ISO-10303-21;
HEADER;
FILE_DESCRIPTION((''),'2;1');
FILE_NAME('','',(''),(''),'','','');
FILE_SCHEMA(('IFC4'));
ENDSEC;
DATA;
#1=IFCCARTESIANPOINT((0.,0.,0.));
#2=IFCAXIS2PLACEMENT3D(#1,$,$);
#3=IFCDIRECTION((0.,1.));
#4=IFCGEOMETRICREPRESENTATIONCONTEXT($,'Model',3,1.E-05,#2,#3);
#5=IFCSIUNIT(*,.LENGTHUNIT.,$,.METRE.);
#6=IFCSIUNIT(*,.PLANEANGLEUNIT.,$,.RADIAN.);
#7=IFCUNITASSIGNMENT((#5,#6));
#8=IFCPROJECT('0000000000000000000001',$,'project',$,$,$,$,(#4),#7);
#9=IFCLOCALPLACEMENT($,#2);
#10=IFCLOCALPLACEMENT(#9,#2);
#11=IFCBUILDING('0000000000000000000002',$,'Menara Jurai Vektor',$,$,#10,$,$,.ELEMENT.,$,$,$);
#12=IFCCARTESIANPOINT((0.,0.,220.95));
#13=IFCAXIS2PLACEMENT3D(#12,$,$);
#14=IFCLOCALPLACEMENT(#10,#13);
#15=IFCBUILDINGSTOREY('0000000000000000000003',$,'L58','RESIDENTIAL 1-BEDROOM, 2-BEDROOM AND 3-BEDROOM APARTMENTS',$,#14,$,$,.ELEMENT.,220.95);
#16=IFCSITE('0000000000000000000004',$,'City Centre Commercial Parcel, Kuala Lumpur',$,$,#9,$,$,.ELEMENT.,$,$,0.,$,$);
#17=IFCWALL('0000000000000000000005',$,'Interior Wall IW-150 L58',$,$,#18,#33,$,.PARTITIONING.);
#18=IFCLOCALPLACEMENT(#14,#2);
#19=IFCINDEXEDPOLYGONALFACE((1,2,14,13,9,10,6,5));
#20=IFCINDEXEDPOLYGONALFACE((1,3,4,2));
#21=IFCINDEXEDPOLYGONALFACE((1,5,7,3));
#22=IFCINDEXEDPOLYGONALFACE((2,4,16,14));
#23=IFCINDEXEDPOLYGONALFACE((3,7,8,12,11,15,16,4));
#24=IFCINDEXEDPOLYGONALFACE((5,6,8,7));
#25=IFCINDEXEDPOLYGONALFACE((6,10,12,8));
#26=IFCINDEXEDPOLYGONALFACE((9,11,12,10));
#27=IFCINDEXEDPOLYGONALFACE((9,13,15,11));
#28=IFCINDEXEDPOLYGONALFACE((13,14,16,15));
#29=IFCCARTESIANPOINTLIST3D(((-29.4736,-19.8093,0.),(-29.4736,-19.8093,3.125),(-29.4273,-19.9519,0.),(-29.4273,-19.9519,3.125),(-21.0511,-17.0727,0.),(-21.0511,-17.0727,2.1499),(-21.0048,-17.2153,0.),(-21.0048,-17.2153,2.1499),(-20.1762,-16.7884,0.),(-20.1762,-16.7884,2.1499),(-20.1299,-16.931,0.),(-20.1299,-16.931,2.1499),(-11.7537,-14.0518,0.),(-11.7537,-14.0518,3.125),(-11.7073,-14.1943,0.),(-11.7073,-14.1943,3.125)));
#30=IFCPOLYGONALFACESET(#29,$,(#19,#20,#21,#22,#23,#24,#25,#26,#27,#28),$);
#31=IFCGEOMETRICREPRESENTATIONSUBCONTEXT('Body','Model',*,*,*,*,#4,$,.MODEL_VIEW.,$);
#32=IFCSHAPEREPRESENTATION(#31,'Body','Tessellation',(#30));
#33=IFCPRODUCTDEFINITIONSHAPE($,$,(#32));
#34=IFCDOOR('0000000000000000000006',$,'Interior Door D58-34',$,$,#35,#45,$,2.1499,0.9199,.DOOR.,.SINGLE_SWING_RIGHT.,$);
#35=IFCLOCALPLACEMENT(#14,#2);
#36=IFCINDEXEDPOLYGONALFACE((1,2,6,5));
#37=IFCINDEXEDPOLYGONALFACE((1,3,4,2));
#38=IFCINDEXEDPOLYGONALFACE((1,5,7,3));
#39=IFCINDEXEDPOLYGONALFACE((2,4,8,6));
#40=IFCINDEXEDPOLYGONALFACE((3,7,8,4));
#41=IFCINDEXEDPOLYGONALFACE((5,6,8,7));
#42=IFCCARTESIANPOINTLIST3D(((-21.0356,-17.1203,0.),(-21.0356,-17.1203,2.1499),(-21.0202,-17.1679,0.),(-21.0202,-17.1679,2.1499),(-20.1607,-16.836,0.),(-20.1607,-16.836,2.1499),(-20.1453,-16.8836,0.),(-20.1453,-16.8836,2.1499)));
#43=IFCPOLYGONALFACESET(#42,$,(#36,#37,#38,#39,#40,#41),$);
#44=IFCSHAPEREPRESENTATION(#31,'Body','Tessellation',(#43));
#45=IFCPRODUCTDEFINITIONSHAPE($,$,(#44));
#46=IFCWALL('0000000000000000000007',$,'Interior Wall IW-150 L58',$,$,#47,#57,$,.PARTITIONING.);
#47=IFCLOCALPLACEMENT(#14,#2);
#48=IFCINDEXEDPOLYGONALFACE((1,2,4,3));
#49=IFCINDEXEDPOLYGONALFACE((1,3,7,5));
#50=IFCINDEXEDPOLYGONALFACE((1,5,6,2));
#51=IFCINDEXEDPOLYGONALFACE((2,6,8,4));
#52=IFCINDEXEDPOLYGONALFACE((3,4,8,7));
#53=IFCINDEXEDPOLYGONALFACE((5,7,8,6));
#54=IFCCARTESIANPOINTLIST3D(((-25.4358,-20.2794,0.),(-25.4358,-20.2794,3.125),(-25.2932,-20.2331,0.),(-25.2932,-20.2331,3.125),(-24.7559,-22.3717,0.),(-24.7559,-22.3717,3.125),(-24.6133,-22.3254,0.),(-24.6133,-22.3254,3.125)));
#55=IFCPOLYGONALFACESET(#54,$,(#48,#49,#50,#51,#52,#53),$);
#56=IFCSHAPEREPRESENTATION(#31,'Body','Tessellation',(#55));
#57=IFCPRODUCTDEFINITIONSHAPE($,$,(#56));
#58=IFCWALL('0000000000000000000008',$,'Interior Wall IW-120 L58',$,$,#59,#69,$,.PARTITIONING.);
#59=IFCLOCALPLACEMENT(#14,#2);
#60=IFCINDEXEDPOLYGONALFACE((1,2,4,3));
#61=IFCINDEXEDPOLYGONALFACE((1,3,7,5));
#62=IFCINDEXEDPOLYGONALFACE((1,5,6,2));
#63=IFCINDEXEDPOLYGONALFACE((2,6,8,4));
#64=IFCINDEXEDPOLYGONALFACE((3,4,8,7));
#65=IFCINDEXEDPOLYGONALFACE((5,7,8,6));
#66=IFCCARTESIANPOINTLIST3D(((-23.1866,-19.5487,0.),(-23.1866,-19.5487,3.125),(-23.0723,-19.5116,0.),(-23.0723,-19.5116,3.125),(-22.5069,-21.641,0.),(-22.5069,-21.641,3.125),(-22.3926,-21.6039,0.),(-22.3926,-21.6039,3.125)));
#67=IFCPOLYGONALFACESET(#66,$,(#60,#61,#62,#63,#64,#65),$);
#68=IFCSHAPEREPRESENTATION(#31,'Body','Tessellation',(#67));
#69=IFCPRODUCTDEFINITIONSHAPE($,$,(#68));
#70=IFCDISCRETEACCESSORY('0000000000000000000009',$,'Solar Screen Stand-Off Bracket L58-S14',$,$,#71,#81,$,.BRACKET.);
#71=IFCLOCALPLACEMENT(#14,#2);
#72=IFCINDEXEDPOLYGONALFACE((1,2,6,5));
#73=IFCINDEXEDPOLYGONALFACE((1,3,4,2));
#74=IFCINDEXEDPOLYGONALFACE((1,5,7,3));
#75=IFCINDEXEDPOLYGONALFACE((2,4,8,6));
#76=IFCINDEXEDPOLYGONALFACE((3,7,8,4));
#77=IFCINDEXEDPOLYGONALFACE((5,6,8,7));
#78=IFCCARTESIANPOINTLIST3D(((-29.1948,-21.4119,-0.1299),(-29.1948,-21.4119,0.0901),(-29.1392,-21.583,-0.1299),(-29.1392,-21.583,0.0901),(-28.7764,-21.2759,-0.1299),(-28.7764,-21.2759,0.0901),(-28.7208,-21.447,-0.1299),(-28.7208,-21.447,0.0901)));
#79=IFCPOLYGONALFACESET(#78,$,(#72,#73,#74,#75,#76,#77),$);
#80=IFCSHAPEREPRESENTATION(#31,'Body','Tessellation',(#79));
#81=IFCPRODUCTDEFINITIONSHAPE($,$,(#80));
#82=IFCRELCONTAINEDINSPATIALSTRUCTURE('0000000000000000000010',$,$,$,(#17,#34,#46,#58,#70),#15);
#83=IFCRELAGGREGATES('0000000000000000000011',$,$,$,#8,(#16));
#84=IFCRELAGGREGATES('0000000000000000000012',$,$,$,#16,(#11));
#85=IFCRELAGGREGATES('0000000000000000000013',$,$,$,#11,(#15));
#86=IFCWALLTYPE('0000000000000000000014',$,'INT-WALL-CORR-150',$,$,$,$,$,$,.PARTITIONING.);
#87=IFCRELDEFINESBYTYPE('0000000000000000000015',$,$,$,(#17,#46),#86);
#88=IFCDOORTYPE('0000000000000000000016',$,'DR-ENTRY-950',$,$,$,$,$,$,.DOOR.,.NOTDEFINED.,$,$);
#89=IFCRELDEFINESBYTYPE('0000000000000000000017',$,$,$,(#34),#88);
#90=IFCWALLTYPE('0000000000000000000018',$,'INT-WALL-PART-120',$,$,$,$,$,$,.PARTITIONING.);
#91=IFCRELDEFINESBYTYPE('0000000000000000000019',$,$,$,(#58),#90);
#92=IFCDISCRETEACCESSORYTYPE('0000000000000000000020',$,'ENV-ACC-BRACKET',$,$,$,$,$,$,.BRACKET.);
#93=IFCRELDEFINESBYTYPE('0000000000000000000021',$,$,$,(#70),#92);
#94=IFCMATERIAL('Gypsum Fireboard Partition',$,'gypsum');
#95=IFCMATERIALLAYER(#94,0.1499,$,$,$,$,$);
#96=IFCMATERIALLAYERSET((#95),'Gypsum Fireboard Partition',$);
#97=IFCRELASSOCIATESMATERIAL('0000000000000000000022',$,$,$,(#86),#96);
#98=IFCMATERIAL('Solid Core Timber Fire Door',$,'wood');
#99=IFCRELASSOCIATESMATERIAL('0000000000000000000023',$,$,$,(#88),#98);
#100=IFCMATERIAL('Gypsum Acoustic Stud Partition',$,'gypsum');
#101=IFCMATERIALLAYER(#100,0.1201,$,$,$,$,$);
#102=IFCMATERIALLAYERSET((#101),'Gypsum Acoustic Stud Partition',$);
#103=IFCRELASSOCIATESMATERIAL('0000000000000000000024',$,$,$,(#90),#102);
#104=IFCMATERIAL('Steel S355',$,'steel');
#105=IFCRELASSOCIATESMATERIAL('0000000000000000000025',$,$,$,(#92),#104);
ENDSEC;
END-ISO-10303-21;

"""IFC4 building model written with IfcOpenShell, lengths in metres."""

from ifc_helpers import new_model, si_unit, direction, frame, frame_2d, origin, origin_2d, place, context, subcontext, project, spatial, rectangle, extrude, material, layer, layer_set, type_object, element, fill, save


model = new_model("IFC4")

# Units and contexts
model_context = context("Model", 3, precision=1e-05, world=origin(), true_north=direction((0.0, 1.0)))
body_context = subcontext(model_context, "Body", "Model", "MODEL_VIEW")
ifc_project = project(units=[si_unit("LENGTHUNIT", "METRE"), si_unit("PLANEANGLEUNIT", "RADIAN")], contexts=[model_context])

# Site, building, storey
site_placement = place(None, origin())
site = spatial("IfcSite", under=ifc_project, at=site_placement, Name="City Centre Commercial Parcel, Kuala Lumpur", CompositionType="ELEMENT", RefElevation=0.0)
building_placement = place(site_placement, origin())
building = spatial("IfcBuilding", under=site, at=building_placement, Name="Menara Jurai Vektor", CompositionType="ELEMENT")
storey_placement = place(building_placement, frame((0.0, 0.0, 220.95)))
storey = spatial("IfcBuildingStorey", under=building, at=storey_placement, Name="L58", Description="RESIDENTIAL 1-BEDROOM, 2-BEDROOM AND 3-BEDROOM APARTMENTS", CompositionType="ELEMENT", Elevation=220.95)

# Shared definitions
ifc_material_1 = material(Name="Steel S355", Category="steel")

# Shared definitions
ifc_material_2 = material(Name="Gypsum Fireboard Partition", Category="gypsum")
ifc_layer_1 = layer(ifc_material_2, 0.1499)
ifc_layer_set_1 = layer_set([ifc_layer_1], Name="Gypsum Fireboard Partition")
wall_type_1 = type_object("IfcWallType", Name="INT-WALL-CORR-150", PredefinedType="PARTITIONING", material=ifc_layer_set_1)

# Wall, opening, door
wall_1_placement = place(storey_placement, frame((-29.4504, -19.8806, 0.0), z_axis=(0.0, 0.0, 1.0), x_axis=(0.951057, 0.309017, 0.0)))
wall_1 = element("IfcWall", 1, at=wall_1_placement, inside=storey, type_object=wall_type_1, Name="Interior Wall IW-150 L58", PredefinedType="PARTITIONING", context=body_context, shape_type="SweptSolid", body=[
    extrude(rectangle(XDim=18.6318, YDim=0.1499, at=frame_2d((9.3159, 0.0))), origin(), (0.0, 0.0, 1.0), 3.125),
])
opening_1_placement = place(wall_1_placement, frame((8.856, 0.0, 0.0)))
opening_1 = element("IfcOpeningElement", 2, at=opening_1_placement, cuts=wall_1, PredefinedType="OPENING", context=body_context, shape_type="SweptSolid", body=[
    extrude(rectangle(XDim=0.9199, YDim=2.1499, at=frame_2d((0.46, 1.075))), frame((0.0, 0.085, 0.0), z_axis=(0.0, -1.0, 0.0), x_axis=(1.0, 0.0, 0.0)), (0.0, 0.0, 1.0), 0.1699),
])
ifc_material_3 = material(Name="Solid Core Timber Fire Door", Category="wood")
door_type_1 = type_object("IfcDoorType", Name="DR-ENTRY-950", OperationType="NOTDEFINED", PredefinedType="DOOR", material=ifc_material_3)
door_1_placement = place(opening_1_placement, origin())
door_1 = element("IfcDoor", 3, at=door_1_placement, inside=storey, type_object=door_type_1, Name="Interior Door D58-34", OperationType="SINGLE_SWING_RIGHT", OverallHeight=2.1499, OverallWidth=0.9199, PredefinedType="DOOR", context=body_context, shape_type="SweptSolid", body=[
    extrude(rectangle(XDim=0.9199, YDim=2.1499, at=frame_2d((0.46, 1.075))), frame((0.0, 0.0249, 0.0), z_axis=(0.0, -1.0, 0.0), x_axis=(1.0, 0.0, 0.0)), (0.0, 0.0, 1.0), 0.05),
])
fill(opening_1, door_1)

# Wall
wall_2_placement = place(storey_placement, frame((-24.6846, -22.3486, 0.0), z_axis=(0.0, 0.0, 1.0), x_axis=(-0.309061, 0.951042, 0.0)))
element("IfcWall", 4, at=wall_2_placement, inside=storey, type_object=wall_type_1, Name="Interior Wall IW-150 L58", PredefinedType="PARTITIONING", context=body_context, shape_type="SweptSolid", body=[
    extrude(rectangle(XDim=2.2, YDim=0.1499, at=frame_2d((1.1001, 0.0))), origin(), (0.0, 0.0, 1.0), 3.125),
])

# Wall
ifc_material_4 = material(Name="Gypsum Acoustic Stud Partition", Category="gypsum")
ifc_layer_2 = layer(ifc_material_4, 0.1201)
ifc_layer_set_2 = layer_set([ifc_layer_2], Name="Gypsum Acoustic Stud Partition")
wall_type_2 = type_object("IfcWallType", Name="INT-WALL-PART-120", PredefinedType="PARTITIONING", material=ifc_layer_set_2)
wall_3_placement = place(storey_placement, frame((-22.4497, -21.6226, 0.0), z_axis=(0.0, 0.0, 1.0), x_axis=(-0.308961, 0.951075, 0.0)))
element("IfcWall", 5, at=wall_3_placement, inside=storey, type_object=wall_type_2, Name="Interior Wall IW-120 L58", PredefinedType="PARTITIONING", context=body_context, shape_type="SweptSolid", body=[
    extrude(rectangle(XDim=2.2, YDim=0.1201, at=frame_2d((1.1001, 0.0))), origin(), (0.0, 0.0, 1.0), 3.125),
])

# Discrete accessory
discrete_accessory_type = type_object("IfcDiscreteAccessoryType", Name="ENV-ACC-BRACKET", PredefinedType="BRACKET", material=ifc_material_1)
discrete_accessory_placement = place(storey_placement, frame((-28.9578, -21.4294, -0.1299), z_axis=(0.0, 0.0, 1.0), x_axis=(0.309017, -0.951057, 0.0)))
element("IfcDiscreteAccessory", 6, at=discrete_accessory_placement, inside=storey, type_object=discrete_accessory_type, Name="Solar Screen Stand-Off Bracket L58-S14", PredefinedType="BRACKET", context=body_context, shape_type="SweptSolid", body=[
    extrude(rectangle(XDim=0.1799, YDim=0.4399, at=origin_2d()), origin(), (0.0, 0.0, 1.0), 0.22),
])

save(model, "model.ifc")
